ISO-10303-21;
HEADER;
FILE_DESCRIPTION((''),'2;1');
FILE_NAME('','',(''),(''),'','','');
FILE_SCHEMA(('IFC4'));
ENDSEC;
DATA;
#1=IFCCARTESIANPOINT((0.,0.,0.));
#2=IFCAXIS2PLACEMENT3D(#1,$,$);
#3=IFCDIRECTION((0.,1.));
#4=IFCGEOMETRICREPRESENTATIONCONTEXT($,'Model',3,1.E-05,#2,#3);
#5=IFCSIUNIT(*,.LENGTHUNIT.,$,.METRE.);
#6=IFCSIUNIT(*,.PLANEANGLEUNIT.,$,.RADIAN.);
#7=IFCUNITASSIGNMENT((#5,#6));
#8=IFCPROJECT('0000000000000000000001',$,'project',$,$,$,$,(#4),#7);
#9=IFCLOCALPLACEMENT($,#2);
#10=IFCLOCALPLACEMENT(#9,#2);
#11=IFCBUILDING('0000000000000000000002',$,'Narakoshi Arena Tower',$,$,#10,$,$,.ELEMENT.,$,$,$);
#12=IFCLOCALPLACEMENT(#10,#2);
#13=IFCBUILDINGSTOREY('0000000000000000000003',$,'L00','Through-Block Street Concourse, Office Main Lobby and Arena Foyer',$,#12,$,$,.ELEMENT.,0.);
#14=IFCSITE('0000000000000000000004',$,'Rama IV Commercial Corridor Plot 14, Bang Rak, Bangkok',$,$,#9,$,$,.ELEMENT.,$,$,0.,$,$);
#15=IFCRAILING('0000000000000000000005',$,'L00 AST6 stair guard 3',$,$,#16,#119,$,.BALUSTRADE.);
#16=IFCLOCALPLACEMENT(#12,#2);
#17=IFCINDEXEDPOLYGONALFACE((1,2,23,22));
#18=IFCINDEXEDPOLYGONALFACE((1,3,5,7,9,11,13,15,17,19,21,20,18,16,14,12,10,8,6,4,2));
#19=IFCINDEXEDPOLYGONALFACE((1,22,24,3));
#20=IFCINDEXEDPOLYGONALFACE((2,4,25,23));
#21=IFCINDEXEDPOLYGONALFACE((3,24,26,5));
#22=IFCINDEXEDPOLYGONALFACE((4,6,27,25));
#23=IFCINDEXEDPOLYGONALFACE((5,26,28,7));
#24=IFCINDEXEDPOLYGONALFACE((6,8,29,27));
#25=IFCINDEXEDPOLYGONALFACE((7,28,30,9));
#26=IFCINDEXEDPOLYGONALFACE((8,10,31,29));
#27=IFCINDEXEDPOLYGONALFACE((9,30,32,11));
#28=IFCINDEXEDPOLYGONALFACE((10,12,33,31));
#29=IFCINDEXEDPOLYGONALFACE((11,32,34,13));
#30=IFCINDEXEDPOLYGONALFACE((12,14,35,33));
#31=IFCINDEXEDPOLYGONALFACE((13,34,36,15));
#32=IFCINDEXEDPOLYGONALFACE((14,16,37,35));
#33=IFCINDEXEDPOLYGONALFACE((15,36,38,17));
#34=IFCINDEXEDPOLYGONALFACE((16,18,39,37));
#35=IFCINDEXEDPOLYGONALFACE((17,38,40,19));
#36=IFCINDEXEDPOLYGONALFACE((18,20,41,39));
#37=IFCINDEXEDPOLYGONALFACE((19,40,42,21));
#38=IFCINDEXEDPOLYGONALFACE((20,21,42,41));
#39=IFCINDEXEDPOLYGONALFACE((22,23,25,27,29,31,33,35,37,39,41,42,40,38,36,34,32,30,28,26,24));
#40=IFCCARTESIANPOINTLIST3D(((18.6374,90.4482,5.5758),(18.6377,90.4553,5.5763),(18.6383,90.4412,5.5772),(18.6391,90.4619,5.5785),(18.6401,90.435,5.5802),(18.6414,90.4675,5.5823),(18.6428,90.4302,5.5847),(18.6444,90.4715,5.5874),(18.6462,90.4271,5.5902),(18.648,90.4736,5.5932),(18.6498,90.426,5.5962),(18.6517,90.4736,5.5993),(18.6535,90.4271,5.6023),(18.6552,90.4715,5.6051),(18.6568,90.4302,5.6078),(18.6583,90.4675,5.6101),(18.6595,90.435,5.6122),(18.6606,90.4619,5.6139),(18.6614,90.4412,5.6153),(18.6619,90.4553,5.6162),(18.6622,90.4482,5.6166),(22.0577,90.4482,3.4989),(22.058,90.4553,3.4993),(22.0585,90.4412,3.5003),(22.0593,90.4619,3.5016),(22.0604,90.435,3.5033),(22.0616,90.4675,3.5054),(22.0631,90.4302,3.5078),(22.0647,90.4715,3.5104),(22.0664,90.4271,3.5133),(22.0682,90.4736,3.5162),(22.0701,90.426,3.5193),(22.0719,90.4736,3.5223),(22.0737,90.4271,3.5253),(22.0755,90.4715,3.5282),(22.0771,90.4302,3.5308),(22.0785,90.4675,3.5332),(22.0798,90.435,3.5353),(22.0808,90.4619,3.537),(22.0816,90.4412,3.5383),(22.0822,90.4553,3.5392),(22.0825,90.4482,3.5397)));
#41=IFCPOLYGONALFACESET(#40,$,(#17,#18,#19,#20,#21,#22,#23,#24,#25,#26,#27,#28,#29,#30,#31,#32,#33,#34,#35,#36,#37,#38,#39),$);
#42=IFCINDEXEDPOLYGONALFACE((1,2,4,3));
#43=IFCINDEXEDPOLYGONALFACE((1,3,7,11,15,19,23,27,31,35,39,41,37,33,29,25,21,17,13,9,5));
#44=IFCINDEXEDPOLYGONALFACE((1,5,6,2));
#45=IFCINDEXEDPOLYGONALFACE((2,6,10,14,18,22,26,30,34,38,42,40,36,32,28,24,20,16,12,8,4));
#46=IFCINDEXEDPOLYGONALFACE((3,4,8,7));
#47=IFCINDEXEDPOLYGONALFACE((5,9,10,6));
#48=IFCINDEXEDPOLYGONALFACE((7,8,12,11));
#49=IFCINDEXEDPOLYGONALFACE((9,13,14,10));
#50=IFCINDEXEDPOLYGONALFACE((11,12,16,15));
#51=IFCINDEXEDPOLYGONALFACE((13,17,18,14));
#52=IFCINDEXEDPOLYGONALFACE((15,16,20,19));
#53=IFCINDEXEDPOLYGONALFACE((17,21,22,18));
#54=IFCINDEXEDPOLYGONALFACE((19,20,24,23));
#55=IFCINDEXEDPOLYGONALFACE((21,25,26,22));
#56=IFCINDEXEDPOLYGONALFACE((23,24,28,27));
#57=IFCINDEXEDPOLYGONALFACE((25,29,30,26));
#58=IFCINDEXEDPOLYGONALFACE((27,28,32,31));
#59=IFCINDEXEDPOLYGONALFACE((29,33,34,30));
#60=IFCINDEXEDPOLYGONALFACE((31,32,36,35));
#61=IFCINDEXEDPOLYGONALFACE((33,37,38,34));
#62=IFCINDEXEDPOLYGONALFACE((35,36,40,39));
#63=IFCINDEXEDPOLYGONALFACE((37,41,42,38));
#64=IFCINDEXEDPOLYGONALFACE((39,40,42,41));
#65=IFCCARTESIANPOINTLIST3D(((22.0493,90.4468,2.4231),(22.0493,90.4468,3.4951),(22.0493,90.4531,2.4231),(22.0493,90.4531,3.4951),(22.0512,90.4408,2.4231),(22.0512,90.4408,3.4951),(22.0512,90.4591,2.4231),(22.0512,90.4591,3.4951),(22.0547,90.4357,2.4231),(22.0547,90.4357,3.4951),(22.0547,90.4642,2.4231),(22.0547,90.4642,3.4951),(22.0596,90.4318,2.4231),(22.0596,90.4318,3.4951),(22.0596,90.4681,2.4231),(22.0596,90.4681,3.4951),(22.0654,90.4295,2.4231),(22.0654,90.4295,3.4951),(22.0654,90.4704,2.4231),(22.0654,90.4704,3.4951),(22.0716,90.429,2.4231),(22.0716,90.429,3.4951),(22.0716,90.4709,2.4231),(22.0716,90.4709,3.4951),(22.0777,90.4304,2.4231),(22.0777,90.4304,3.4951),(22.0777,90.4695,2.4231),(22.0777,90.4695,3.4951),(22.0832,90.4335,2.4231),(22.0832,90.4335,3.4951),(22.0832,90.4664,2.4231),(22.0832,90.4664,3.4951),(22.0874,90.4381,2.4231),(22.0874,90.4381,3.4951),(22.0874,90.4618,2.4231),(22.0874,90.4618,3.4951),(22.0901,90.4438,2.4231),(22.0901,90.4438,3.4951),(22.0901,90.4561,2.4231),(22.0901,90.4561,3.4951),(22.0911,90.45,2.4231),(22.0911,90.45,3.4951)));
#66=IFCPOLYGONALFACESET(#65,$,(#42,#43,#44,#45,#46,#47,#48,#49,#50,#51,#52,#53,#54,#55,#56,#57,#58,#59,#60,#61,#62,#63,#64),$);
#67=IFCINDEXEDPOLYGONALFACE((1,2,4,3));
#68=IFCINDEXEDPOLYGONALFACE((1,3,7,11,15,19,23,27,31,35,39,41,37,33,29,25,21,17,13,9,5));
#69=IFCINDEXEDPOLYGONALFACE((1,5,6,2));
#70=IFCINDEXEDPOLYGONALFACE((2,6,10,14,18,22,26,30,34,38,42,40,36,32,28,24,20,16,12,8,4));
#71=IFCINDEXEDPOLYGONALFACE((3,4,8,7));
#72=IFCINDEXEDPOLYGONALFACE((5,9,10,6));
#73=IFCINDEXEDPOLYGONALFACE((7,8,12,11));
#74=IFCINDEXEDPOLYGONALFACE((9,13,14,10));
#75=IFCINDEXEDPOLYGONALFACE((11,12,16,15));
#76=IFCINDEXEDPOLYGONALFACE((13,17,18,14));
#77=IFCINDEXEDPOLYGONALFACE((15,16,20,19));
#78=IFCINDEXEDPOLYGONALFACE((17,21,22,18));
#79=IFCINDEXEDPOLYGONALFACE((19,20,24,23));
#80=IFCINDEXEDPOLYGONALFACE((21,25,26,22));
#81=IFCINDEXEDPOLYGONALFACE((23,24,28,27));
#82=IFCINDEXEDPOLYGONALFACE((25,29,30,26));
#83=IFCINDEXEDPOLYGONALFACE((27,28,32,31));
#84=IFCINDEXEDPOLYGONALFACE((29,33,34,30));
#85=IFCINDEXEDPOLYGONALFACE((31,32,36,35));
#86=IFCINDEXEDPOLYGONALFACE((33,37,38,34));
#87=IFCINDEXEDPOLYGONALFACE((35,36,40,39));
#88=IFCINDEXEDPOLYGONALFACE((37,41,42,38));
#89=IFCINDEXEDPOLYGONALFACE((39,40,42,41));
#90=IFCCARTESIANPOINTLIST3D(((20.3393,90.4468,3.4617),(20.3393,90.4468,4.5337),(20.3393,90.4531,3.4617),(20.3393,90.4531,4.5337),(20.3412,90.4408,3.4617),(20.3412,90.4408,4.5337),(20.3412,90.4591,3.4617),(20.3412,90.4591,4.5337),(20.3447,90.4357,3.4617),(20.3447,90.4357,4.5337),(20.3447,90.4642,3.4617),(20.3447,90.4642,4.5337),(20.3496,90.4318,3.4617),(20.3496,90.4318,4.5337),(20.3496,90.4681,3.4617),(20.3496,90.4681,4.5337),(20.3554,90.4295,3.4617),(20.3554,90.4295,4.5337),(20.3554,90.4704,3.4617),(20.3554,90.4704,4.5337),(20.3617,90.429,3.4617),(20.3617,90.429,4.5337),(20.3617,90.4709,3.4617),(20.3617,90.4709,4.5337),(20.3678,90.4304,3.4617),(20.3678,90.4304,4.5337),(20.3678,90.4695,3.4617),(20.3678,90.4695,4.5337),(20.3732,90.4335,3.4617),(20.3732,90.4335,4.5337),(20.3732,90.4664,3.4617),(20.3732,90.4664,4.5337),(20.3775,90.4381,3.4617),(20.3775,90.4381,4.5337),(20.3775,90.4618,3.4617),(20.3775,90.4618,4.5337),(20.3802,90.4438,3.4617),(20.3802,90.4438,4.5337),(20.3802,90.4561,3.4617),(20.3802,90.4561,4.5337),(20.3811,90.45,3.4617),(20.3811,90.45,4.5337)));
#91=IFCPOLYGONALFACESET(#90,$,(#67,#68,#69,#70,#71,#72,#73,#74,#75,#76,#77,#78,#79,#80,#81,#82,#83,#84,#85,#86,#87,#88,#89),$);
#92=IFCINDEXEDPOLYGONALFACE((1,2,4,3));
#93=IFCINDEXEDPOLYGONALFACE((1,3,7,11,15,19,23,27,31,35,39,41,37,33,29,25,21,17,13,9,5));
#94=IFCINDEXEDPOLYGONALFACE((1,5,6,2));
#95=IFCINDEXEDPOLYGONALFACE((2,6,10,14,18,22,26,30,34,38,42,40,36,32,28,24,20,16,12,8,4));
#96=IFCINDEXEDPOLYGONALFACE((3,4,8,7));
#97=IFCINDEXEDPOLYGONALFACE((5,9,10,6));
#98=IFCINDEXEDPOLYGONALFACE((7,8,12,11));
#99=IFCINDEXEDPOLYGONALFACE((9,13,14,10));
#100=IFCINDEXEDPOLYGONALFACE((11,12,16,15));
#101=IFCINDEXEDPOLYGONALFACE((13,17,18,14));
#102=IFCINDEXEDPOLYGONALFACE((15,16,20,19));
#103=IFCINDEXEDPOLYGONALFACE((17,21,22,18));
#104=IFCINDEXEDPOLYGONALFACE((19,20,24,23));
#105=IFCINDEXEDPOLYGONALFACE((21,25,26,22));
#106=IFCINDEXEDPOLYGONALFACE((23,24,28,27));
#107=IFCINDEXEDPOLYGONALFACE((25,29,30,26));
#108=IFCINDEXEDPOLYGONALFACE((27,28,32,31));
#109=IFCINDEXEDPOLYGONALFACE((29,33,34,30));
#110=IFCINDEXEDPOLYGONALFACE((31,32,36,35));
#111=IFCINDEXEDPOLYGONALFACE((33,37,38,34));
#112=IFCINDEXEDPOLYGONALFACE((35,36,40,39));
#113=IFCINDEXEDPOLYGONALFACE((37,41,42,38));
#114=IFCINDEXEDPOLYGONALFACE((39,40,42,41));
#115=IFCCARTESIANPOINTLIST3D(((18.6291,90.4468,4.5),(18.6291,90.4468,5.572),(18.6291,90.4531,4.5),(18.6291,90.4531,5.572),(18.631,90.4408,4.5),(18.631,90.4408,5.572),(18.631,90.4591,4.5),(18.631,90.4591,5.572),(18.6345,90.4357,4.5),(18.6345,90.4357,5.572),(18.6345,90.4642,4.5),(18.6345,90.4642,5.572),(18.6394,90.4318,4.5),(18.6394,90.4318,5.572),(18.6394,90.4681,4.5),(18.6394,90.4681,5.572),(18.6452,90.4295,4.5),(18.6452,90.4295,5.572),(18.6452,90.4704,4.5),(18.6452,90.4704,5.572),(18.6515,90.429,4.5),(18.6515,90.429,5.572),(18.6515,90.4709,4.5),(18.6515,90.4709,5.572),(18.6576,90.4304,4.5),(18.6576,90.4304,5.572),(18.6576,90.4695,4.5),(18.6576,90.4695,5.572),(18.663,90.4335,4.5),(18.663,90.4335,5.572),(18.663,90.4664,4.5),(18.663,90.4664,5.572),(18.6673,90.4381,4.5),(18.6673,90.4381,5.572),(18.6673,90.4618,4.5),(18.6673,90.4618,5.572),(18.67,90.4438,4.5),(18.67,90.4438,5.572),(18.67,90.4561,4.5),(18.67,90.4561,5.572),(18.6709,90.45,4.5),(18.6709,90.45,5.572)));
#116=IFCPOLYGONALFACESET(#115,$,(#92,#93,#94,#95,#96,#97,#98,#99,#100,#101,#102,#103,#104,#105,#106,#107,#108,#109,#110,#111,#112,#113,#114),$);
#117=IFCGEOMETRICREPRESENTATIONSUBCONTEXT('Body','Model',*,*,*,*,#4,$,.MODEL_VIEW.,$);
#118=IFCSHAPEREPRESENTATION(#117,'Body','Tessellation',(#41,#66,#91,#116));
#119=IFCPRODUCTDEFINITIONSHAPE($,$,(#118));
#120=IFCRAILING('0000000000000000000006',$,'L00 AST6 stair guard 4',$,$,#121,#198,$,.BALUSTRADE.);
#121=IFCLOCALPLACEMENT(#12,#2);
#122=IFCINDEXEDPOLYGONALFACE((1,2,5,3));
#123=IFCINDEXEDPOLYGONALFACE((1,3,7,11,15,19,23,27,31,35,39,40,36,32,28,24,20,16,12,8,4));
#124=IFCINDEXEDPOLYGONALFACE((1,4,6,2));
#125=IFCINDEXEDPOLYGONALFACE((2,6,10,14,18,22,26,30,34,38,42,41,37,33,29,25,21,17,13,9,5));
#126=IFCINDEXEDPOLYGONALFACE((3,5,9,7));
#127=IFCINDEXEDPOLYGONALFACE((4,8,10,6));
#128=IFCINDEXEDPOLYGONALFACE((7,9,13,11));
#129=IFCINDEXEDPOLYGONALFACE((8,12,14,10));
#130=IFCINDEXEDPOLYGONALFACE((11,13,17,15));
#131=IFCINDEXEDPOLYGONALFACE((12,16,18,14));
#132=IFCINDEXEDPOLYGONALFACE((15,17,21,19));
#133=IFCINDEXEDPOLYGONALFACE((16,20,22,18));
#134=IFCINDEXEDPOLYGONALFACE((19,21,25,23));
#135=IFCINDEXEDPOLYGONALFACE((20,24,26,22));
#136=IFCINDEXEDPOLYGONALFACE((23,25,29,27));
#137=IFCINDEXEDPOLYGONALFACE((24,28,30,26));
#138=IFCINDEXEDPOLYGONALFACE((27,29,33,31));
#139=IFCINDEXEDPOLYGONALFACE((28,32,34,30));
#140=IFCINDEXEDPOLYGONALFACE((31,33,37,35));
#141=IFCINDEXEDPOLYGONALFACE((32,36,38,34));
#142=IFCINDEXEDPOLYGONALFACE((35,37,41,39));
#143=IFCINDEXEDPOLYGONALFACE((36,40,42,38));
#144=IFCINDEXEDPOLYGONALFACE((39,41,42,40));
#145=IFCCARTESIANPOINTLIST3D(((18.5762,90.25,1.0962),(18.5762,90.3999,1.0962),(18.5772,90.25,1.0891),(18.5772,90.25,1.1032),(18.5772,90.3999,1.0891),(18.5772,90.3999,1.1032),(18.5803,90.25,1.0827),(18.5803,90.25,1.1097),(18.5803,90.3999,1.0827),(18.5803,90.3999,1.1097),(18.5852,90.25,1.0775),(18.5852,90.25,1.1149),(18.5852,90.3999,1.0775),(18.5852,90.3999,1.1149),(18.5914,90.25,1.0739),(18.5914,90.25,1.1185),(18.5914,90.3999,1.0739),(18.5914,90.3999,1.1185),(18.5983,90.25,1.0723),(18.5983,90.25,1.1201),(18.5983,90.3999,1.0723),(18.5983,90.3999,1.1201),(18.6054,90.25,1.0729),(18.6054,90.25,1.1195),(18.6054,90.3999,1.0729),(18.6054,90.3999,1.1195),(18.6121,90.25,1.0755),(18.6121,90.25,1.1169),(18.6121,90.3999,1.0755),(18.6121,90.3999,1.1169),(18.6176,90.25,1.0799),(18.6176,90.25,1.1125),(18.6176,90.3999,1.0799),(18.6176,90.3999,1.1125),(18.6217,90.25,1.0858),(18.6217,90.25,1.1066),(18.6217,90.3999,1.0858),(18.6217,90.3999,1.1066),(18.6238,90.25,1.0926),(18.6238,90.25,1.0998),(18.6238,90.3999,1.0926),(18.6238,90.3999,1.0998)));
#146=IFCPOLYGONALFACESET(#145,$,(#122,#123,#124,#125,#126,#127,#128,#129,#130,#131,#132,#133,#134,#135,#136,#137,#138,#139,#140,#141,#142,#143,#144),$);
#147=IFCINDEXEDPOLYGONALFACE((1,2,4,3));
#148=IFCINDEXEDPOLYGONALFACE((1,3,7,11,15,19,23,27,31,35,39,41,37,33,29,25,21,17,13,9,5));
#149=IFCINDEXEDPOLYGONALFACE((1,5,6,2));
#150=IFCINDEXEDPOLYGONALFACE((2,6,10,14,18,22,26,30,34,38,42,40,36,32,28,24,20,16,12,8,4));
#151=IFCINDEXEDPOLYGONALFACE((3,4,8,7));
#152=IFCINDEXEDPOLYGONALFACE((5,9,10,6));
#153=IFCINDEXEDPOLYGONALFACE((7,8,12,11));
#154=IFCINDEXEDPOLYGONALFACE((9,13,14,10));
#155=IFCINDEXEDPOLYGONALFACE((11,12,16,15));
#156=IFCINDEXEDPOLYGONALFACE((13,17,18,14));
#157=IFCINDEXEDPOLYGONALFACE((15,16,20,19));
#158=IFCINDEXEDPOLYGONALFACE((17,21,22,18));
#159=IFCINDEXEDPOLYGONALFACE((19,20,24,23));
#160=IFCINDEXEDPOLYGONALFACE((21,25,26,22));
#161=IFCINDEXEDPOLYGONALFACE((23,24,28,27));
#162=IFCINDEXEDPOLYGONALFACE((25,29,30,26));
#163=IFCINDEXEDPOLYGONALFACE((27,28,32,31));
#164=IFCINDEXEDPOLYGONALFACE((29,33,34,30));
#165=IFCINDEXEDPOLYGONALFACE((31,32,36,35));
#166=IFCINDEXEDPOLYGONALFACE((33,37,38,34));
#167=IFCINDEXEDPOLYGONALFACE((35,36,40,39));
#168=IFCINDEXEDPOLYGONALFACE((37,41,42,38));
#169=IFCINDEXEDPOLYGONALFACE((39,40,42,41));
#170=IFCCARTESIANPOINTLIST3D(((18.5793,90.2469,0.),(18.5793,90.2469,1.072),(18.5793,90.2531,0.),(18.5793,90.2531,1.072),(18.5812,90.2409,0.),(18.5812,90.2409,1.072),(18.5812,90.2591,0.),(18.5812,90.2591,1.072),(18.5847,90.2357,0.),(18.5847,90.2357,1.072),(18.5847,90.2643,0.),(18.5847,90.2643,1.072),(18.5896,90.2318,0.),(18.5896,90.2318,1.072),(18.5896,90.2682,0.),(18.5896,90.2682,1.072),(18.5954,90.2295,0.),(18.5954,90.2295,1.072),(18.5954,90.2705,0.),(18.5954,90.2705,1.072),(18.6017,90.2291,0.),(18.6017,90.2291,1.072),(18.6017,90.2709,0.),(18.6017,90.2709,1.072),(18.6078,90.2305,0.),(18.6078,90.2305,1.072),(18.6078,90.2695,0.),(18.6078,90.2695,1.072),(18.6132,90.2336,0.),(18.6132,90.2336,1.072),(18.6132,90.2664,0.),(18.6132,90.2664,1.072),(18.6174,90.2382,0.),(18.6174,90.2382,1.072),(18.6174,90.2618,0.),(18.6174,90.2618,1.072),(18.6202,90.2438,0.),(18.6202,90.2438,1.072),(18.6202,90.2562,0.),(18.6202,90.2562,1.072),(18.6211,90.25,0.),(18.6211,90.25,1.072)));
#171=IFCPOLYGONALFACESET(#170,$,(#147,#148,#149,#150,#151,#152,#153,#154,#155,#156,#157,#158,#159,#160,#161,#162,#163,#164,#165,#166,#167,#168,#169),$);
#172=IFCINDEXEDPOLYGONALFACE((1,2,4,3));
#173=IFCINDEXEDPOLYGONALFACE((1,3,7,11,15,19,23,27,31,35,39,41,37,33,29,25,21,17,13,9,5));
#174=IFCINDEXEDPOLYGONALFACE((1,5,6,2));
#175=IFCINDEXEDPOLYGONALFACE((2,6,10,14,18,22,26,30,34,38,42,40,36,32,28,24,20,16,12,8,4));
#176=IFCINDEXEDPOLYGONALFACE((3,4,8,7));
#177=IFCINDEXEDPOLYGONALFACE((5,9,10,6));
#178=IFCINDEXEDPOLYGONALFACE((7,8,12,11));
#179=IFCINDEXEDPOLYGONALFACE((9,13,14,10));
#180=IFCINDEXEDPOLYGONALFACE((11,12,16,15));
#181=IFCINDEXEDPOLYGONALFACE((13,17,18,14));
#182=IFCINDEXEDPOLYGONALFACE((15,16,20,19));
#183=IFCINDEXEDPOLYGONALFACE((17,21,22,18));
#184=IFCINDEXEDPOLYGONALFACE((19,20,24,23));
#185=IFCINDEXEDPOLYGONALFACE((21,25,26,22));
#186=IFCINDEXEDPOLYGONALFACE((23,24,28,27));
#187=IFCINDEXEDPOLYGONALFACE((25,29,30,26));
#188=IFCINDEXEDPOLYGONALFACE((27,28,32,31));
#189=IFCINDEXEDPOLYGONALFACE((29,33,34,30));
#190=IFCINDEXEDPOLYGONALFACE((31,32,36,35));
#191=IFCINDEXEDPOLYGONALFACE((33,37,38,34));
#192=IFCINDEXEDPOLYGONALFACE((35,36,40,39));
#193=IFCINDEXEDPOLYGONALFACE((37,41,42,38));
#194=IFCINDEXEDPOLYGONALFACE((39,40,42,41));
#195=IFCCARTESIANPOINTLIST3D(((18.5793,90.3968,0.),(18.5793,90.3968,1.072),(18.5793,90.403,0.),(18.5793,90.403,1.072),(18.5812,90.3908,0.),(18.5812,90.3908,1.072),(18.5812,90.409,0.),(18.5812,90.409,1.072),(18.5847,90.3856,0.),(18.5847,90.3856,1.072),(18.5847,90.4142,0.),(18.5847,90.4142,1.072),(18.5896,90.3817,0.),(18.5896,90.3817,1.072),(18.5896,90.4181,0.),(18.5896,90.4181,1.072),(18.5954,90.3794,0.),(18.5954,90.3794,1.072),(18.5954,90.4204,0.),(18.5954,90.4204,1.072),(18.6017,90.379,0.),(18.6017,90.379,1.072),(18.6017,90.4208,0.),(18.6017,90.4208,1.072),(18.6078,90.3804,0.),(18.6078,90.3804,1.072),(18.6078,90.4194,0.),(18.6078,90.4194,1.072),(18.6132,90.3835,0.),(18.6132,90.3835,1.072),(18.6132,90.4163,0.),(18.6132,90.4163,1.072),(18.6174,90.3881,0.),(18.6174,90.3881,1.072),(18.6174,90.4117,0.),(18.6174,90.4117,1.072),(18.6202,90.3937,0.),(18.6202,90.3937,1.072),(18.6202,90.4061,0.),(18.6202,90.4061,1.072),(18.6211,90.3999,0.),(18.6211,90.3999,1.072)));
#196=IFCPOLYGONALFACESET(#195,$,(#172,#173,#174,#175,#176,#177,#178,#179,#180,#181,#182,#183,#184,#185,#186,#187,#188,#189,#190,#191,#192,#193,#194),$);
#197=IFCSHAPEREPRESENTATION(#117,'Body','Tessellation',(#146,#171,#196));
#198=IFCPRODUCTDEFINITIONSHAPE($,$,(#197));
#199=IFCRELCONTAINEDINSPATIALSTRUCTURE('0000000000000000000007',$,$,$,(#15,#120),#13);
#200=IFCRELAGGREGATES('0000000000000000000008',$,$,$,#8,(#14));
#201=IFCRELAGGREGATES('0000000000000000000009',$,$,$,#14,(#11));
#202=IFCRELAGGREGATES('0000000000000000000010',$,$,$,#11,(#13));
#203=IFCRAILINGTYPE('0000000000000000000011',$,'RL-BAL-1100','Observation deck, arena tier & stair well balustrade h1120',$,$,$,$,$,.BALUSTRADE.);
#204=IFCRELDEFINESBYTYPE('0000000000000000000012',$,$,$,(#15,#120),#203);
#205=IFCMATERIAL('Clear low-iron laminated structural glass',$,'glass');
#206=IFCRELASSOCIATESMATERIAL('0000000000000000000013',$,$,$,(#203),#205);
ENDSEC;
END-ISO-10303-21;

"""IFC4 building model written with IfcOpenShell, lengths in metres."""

from ifc_helpers import new_model, si_unit, direction, frame, origin, origin_2d, place, context, subcontext, project, spatial, circle, extrude, material, type_object, element, save


model = new_model("IFC4")

# Units and contexts
model_context = context("Model", 3, precision=1e-05, world=origin(), true_north=direction((0.0, 1.0)))
body_context = subcontext(model_context, "Body", "Model", "MODEL_VIEW")
ifc_project = project(units=[si_unit("LENGTHUNIT", "METRE"), si_unit("PLANEANGLEUNIT", "RADIAN")], contexts=[model_context])

# Site, building, storey
site_placement = place(None, origin())
site = spatial("IfcSite", under=ifc_project, at=site_placement, Name="Rama IV Commercial Corridor Plot 14, Bang Rak, Bangkok", CompositionType="ELEMENT", RefElevation=0.0)
building_placement = place(site_placement, origin())
building = spatial("IfcBuilding", under=site, at=building_placement, Name="Narakoshi Arena Tower", CompositionType="ELEMENT")
storey_placement = place(building_placement, origin())
storey = spatial("IfcBuildingStorey", under=building, at=storey_placement, Name="L00", Description="Through-Block Street Concourse, Office Main Lobby and Arena Foyer", CompositionType="ELEMENT", Elevation=0.0)

# Railings
ifc_material_1 = material(Name="Clear low-iron laminated structural glass", Category="glass")
railing_type_1 = type_object("IfcRailingType", Name="RL-BAL-1100", Description="Observation deck, arena tier & stair well balustrade h1120", PredefinedType="BALUSTRADE", material=ifc_material_1)
railing_1_placement = place(storey_placement, frame((22.0701, 90.45, 2.4231)))
element("IfcRailing", 1, at=railing_1_placement, inside=storey, type_object=railing_type_1, Name="L00 AST6 stair guard 3", PredefinedType="BALUSTRADE", context=body_context, shape_type="SweptSolid", body=[
    extrude(circle(Radius=0.0239, at=origin_2d()), frame((0.0, 0.0, 1.0962), z_axis=(-0.854746, 0.0, 0.519047), x_axis=(0.0, -1.0, 0.0)), (0.0, 0.0, 1.0), 4.0015),
    extrude(circle(Radius=0.021, at=origin_2d()), origin(), (0.0, 0.0, 1.0), 1.072),
    extrude(circle(Radius=0.021, at=origin_2d()), frame((-1.71, 0.0, 1.0386)), (0.0, 0.0, 1.0), 1.072),
    extrude(circle(Radius=0.021, at=origin_2d()), frame((-3.4202, 0.0, 2.0769)), (0.0, 0.0, 1.0), 1.072),
])
railing_2_placement = place(storey_placement, frame((18.6001, 90.25, 0.0)))
element("IfcRailing", 2, at=railing_2_placement, inside=storey, type_object=railing_type_1, Name="L00 AST6 stair guard 4", PredefinedType="BALUSTRADE", context=body_context, shape_type="SweptSolid", body=[
    extrude(circle(Radius=0.0239, at=origin_2d()), frame((0.0, 0.0, 1.0962), z_axis=(0.0, 1.0, 0.0), x_axis=(-1.0, 0.0, 0.0)), (0.0, 0.0, 1.0), 0.1499),
    extrude(circle(Radius=0.021, at=origin_2d()), origin(), (0.0, 0.0, 1.0), 1.072),
    extrude(circle(Radius=0.021, at=origin_2d()), frame((0.0, 0.1499, 0.0)), (0.0, 0.0, 1.0), 1.072),
])

save(model, "model.ifc")
